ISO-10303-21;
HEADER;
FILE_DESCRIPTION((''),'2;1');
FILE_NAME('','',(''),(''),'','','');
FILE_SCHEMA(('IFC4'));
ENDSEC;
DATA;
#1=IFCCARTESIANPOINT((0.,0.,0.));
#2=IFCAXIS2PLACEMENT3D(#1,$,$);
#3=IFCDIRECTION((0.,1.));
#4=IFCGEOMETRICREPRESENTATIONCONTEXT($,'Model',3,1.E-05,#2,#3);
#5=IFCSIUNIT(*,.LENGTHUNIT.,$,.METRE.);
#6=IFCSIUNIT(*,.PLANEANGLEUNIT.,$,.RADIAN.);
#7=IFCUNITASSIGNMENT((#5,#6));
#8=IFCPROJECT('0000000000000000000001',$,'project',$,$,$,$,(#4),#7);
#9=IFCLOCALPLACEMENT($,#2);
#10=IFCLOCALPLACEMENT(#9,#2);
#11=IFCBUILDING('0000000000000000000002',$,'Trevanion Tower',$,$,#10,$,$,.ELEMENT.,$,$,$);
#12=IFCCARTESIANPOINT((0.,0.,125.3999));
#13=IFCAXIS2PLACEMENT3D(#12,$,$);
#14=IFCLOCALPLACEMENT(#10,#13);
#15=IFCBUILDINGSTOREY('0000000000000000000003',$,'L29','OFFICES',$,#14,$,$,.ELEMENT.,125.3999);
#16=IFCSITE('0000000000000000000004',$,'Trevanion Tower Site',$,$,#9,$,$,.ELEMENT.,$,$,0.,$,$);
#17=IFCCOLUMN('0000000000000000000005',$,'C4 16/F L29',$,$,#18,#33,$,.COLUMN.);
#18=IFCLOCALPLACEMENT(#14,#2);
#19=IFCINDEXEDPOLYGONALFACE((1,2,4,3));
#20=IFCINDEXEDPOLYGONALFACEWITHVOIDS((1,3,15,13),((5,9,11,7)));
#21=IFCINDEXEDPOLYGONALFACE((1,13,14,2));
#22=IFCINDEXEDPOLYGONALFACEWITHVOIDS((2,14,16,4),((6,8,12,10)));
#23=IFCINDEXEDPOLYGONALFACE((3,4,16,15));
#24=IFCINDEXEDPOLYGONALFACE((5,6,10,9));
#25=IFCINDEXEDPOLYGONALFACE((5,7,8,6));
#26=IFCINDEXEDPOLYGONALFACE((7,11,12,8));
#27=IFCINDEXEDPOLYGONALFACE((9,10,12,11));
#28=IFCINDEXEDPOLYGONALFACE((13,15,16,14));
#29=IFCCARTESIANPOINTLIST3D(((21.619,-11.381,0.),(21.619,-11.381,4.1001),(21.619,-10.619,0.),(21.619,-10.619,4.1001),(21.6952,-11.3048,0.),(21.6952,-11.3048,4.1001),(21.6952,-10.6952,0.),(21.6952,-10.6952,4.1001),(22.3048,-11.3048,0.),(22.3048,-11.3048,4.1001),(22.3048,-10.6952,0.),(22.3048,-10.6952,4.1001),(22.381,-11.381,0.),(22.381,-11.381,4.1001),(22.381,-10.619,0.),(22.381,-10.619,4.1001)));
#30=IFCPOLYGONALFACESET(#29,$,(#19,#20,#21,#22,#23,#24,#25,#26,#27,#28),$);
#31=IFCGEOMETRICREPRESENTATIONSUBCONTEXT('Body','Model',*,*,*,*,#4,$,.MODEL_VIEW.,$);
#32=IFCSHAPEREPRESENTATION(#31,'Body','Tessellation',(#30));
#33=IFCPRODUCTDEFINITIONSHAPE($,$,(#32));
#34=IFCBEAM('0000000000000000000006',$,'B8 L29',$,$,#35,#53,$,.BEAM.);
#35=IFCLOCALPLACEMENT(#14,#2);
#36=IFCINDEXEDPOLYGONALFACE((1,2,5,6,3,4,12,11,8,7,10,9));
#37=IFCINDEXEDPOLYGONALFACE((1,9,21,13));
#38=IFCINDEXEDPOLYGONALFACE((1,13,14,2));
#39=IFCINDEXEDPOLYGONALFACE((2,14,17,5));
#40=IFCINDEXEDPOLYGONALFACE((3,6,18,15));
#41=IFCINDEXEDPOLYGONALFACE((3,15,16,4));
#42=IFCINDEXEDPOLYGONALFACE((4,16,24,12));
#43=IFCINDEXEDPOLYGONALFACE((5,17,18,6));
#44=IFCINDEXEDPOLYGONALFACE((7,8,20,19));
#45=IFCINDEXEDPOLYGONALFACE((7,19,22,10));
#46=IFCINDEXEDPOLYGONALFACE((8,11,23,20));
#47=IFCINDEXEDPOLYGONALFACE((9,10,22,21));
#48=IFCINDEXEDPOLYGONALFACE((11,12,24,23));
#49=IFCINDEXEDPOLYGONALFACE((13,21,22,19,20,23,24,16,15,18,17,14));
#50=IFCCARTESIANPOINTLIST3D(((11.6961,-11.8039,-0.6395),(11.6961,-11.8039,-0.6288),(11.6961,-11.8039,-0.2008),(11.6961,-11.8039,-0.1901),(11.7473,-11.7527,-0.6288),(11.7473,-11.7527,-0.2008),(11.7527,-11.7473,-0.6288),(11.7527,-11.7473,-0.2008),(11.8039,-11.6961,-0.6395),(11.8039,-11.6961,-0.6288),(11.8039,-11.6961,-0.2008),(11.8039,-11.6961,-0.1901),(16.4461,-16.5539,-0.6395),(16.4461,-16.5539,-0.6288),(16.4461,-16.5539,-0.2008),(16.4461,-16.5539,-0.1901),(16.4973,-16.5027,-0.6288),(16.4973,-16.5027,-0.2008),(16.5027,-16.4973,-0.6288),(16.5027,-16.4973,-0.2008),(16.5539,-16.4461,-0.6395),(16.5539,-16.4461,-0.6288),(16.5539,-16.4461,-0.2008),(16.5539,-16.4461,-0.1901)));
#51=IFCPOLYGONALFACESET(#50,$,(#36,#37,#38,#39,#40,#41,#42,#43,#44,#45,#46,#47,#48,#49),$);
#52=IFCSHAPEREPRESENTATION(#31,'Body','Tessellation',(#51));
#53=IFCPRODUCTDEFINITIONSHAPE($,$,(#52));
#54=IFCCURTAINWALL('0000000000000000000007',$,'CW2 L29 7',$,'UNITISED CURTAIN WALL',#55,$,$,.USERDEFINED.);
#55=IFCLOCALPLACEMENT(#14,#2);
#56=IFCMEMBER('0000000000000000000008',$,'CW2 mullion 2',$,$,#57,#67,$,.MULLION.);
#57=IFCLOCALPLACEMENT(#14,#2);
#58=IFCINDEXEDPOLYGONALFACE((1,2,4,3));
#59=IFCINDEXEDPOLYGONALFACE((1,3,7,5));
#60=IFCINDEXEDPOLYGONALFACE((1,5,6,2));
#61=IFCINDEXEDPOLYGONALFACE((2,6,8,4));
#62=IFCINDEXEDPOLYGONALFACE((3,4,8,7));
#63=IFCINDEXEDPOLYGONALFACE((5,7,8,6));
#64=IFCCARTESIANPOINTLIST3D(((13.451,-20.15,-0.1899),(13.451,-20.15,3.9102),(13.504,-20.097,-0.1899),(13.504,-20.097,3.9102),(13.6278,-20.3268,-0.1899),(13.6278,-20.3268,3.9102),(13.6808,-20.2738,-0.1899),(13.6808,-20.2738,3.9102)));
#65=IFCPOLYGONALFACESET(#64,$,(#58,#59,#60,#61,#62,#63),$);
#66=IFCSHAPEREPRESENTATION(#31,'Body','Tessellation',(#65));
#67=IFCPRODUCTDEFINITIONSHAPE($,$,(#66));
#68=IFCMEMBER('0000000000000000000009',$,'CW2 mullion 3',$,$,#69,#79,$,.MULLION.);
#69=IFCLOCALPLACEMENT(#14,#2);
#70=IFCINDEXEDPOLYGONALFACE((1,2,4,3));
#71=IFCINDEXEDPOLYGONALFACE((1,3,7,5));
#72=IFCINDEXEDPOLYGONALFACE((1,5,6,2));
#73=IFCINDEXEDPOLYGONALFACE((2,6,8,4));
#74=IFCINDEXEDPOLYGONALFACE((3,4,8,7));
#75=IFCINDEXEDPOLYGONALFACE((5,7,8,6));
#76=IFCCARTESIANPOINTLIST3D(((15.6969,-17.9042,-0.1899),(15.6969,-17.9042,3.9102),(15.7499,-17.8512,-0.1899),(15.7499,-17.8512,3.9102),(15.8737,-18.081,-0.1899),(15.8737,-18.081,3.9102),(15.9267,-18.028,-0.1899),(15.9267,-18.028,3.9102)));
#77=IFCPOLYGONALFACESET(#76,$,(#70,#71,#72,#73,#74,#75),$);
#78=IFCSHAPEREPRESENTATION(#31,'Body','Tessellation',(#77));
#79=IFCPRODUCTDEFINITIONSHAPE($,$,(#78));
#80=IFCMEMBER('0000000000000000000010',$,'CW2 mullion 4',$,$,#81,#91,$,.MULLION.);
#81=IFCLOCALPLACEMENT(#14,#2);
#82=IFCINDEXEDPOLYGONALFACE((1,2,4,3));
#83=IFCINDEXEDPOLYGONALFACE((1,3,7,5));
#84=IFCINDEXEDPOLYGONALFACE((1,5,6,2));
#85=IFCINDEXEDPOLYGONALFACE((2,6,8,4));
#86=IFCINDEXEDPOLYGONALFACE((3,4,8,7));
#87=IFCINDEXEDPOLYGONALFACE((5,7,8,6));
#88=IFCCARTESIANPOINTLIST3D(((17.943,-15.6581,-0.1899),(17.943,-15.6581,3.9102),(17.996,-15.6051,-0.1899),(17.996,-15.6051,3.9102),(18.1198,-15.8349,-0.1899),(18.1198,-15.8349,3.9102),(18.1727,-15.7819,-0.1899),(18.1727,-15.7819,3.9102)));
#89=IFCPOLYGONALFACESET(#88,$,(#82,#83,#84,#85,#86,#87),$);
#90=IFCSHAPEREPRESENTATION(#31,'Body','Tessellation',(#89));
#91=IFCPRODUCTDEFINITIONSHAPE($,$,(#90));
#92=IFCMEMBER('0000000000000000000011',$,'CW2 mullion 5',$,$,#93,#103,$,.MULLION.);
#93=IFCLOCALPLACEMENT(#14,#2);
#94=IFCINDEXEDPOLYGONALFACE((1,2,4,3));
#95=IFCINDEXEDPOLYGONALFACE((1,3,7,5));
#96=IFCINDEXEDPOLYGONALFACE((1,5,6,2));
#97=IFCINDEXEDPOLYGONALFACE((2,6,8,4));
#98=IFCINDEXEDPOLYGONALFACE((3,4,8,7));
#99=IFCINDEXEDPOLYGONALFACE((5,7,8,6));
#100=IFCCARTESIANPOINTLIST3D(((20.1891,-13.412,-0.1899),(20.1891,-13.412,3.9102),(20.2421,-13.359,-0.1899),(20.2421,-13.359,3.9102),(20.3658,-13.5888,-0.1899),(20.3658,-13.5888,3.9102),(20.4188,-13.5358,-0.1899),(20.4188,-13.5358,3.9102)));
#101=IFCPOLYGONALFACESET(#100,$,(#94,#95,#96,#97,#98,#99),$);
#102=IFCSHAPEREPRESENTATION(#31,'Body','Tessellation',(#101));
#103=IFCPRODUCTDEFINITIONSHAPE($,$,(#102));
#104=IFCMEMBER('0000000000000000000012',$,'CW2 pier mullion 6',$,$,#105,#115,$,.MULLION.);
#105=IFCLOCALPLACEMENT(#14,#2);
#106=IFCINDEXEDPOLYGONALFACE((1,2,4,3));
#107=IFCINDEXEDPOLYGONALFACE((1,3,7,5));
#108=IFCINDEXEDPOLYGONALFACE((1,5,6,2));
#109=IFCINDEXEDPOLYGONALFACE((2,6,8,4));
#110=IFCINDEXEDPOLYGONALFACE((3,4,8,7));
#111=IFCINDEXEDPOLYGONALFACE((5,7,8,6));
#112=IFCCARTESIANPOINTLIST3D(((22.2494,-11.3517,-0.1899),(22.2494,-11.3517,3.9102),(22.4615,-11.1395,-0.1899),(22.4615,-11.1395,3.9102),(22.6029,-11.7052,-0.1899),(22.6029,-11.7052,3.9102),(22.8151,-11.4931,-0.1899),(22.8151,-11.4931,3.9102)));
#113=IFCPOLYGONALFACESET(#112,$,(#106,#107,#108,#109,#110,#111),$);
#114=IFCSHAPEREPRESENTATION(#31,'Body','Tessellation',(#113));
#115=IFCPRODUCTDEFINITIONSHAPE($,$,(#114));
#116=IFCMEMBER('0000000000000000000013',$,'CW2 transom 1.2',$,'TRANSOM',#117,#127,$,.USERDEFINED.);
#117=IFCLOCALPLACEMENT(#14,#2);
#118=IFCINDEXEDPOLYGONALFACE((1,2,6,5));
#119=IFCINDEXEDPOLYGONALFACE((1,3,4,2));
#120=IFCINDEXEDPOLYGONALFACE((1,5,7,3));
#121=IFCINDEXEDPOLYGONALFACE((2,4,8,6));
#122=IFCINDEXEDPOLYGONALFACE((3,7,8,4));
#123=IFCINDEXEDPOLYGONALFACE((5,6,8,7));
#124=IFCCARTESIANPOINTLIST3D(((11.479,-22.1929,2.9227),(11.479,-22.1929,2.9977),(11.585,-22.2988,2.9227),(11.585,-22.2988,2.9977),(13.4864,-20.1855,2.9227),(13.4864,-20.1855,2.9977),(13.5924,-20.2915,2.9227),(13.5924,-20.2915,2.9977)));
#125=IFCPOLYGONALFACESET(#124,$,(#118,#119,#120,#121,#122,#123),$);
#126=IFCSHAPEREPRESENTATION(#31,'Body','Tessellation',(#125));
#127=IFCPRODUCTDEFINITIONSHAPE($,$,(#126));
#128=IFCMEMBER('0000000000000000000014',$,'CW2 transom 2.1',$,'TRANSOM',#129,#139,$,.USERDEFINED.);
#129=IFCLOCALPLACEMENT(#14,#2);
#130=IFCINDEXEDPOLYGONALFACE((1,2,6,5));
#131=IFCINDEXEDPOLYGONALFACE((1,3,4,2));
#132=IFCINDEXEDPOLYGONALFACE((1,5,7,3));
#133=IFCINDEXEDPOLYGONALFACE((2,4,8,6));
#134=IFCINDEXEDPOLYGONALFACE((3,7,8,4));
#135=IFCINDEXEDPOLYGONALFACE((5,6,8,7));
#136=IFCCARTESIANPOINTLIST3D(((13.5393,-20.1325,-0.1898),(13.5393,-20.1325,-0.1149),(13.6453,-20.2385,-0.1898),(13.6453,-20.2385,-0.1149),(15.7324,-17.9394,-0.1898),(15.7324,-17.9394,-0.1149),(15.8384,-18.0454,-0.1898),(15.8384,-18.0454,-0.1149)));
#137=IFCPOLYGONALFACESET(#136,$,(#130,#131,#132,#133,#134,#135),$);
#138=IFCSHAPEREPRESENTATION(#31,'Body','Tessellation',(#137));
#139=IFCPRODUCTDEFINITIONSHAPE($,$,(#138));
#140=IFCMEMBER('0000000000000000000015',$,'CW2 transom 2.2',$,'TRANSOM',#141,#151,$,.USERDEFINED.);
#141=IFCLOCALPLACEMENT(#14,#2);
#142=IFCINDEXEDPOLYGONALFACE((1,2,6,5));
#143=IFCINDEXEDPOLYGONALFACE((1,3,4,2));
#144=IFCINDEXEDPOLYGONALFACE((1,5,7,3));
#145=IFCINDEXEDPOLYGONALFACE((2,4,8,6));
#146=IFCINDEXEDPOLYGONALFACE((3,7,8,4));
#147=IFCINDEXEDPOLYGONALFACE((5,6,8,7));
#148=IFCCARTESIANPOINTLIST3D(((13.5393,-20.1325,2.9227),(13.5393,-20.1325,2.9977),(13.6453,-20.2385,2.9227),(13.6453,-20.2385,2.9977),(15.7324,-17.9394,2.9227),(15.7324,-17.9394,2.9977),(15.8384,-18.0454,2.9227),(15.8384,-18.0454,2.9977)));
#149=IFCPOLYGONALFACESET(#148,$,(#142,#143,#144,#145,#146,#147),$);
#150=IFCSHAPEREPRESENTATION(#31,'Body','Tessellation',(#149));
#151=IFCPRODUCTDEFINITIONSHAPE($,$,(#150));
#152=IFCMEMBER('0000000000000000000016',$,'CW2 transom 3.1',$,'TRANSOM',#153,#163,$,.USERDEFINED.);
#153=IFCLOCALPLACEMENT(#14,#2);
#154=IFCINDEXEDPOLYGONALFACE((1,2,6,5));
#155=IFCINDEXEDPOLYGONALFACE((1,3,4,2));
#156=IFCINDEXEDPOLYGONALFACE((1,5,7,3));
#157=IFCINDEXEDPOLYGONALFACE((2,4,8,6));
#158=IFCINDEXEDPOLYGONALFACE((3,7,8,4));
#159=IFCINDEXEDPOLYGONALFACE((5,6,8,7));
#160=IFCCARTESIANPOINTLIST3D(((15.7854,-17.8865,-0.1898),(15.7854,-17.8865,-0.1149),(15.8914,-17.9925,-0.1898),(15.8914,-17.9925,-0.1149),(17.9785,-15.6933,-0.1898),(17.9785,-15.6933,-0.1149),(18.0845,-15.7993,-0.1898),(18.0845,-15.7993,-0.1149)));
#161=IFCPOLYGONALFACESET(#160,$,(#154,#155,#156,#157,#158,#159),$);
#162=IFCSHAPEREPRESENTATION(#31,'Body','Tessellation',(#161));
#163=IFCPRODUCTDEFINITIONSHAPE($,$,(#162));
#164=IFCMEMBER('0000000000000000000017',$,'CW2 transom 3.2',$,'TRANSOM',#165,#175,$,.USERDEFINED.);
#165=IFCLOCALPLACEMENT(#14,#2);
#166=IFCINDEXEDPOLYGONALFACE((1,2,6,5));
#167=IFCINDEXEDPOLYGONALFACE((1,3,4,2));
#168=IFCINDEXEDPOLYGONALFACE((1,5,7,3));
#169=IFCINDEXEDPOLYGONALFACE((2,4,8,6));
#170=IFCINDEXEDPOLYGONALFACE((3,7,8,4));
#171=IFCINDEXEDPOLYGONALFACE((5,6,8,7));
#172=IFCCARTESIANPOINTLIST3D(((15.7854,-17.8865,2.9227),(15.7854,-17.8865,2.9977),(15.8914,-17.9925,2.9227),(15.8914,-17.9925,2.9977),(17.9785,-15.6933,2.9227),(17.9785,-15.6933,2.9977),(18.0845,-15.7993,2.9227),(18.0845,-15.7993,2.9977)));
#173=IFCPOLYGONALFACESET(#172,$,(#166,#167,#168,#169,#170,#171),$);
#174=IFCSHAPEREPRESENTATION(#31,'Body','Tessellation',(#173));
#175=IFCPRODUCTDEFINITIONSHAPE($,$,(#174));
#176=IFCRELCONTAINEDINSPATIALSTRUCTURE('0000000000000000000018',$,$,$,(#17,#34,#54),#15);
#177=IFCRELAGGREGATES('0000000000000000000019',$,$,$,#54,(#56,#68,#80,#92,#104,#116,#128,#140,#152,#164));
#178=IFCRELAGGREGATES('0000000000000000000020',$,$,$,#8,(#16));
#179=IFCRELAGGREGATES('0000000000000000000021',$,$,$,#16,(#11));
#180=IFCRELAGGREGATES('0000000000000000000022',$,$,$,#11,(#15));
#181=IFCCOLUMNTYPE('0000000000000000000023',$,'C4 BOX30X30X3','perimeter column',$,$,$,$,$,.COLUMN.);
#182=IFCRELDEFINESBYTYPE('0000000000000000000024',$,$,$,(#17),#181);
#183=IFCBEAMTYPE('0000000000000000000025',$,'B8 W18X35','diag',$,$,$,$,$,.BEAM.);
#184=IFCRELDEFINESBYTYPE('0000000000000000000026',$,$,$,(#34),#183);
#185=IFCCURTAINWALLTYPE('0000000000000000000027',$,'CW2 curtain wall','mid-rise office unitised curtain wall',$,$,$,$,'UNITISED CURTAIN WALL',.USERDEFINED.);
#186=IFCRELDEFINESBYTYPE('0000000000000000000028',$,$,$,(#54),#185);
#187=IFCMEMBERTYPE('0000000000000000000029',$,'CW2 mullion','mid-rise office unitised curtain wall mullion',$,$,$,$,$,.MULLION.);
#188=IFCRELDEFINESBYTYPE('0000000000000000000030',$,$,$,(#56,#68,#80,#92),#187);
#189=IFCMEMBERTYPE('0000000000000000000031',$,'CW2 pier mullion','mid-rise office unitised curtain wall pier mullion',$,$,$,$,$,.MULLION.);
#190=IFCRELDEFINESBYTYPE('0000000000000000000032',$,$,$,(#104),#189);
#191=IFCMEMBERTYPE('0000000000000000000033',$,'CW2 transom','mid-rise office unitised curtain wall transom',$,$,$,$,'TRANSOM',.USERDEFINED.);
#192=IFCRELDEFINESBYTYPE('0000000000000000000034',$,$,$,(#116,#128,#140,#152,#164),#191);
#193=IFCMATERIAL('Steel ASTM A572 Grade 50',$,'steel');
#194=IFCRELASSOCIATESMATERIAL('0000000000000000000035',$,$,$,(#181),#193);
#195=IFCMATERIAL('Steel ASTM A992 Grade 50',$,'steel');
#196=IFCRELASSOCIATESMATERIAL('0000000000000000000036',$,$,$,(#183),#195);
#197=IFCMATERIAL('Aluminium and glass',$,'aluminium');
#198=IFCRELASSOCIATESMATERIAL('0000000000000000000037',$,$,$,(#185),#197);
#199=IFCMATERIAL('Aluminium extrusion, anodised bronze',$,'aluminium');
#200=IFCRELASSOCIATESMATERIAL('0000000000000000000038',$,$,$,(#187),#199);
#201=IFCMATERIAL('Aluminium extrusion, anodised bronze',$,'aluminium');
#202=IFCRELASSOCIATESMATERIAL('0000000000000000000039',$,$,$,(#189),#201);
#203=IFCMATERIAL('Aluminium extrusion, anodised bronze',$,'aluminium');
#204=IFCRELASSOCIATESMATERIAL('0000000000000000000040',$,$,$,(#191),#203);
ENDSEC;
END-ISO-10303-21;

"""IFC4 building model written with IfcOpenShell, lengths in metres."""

from ifc_helpers import new_model, si_unit, direction, frame, origin, origin_2d, place, context, subcontext, project, spatial, rectangle, hollow_rectangle, i_section, extrude, material, material_profile, profile_set, type_object, element, aggregate, save


model = new_model("IFC4")

# Units and contexts
model_context = context("Model", 3, precision=1e-05, world=origin(), true_north=direction((0.0, 1.0)))
body_context = subcontext(model_context, "Body", "Model", "MODEL_VIEW")
ifc_project = project(units=[si_unit("LENGTHUNIT", "METRE"), si_unit("PLANEANGLEUNIT", "RADIAN")], contexts=[model_context])

# Site, building, storey
site_placement = place(None, origin())
site = spatial("IfcSite", under=ifc_project, at=site_placement, Name="Trevanion Tower Site", CompositionType="ELEMENT", RefElevation=0.0)
building_placement = place(site_placement, origin())
building = spatial("IfcBuilding", under=site, at=building_placement, Name="Trevanion Tower", CompositionType="ELEMENT")
storey_placement = place(building_placement, frame((0.0, 0.0, 125.3999)))
storey = spatial("IfcBuildingStorey", under=building, at=storey_placement, Name="L29", Description="OFFICES", CompositionType="ELEMENT", Elevation=125.3999)

# Column
ifc_material_1 = material(Name="Steel ASTM A572 Grade 50", Category="steel")
ifc_material_profile_1 = material_profile(ifc_material_1, hollow_rectangle(XDim=0.762, YDim=0.762, WallThickness=0.0762, at=origin_2d()), Name="BOX30X30X3")
ifc_profile_set_1 = profile_set([ifc_material_profile_1], Name="Steel ASTM A572 Grade 50")
column_type = type_object("IfcColumnType", Name="C4 BOX30X30X3", Description="perimeter column", PredefinedType="COLUMN", material=ifc_profile_set_1)
column_placement = place(storey_placement, frame((22.0, -11.0, 0.0), z_axis=(0.0, 0.0, 1.0), x_axis=(0.0, 1.0, 0.0)))
element("IfcColumn", 1, at=column_placement, inside=storey, type_object=column_type, Name="C4 16/F L29", PredefinedType="COLUMN", context=body_context, shape_type="SweptSolid", body=[
    extrude(hollow_rectangle(XDim=0.762, YDim=0.762, WallThickness=0.0762, at=origin_2d()), origin(), (0.0, 0.0, 1.0), 4.1001),
])

# Beam
ifc_material_2 = material(Name="Steel ASTM A992 Grade 50", Category="steel")
ifc_material_profile_2 = material_profile(ifc_material_2, i_section(OverallWidth=0.1523, OverallDepth=0.4495, WebThickness=0.0076, FlangeThickness=0.0107, at=origin_2d()), Name="W18X35")
ifc_profile_set_2 = profile_set([ifc_material_profile_2], Name="Steel ASTM A992 Grade 50")
beam_type_1 = type_object("IfcBeamType", Name="B8 W18X35", Description="diag", PredefinedType="BEAM", material=ifc_profile_set_2)
beam_1_placement = place(storey_placement, frame((11.75, -11.75, -0.4148), z_axis=(0.707107, -0.707107, 0.0), x_axis=(0.707107, 0.707107, 0.0)))
element("IfcBeam", 2, at=beam_1_placement, inside=storey, type_object=beam_type_1, Name="B8 L29", PredefinedType="BEAM", context=body_context, shape_type="SweptSolid", body=[
    extrude(i_section(OverallWidth=0.1523, OverallDepth=0.4495, WebThickness=0.0076, FlangeThickness=0.0107, at=origin_2d()), origin(), (0.0, 0.0, 1.0), 6.7175),
])

# Curtain wall, members
ifc_material_3 = material(Name="Aluminium and glass", Category="aluminium")
curtain_wall_type = type_object("IfcCurtainWallType", Name="CW2 curtain wall", Description="mid-rise office unitised curtain wall", ElementType="UNITISED CURTAIN WALL", PredefinedType="USERDEFINED", material=ifc_material_3)
curtain_wall_placement = place(storey_placement, origin())
curtain_wall = element("IfcCurtainWall", 3, at=curtain_wall_placement, inside=storey, type_object=curtain_wall_type, Name="CW2 L29 7", ObjectType="UNITISED CURTAIN WALL", PredefinedType="USERDEFINED")
ifc_material_4 = material(Name="Aluminium extrusion, anodised bronze", Category="aluminium")
ifc_material_profile_3 = material_profile(ifc_material_4, rectangle(XDim=0.075, YDim=0.25, at=origin_2d()), Name="CW2 mullion")
ifc_profile_set_3 = profile_set([ifc_material_profile_3], Name="Aluminium extrusion, anodised bronze")
member_type_1 = type_object("IfcMemberType", Name="CW2 mullion", Description="mid-rise office unitised curtain wall mullion", PredefinedType="MULLION", material=ifc_profile_set_3)
member_1_placement = place(storey_placement, frame((13.5659, -20.2119, -0.1899), z_axis=(0.0, 0.0, 1.0), x_axis=(0.707107, 0.707107, 0.0)))
member_1 = element("IfcMember", 4, at=member_1_placement, type_object=member_type_1, Name="CW2 mullion 2", PredefinedType="MULLION", context=body_context, shape_type="SweptSolid", body=[
    extrude(rectangle(XDim=0.075, YDim=0.25, at=origin_2d()), origin(), (0.0, 0.0, 1.0), 4.1001),
])
member_2_placement = place(storey_placement, frame((15.8118, -17.9661, -0.1899), z_axis=(0.0, 0.0, 1.0), x_axis=(0.707107, 0.707107, 0.0)))
member_2 = element("IfcMember", 5, at=member_2_placement, type_object=member_type_1, Name="CW2 mullion 3", PredefinedType="MULLION", context=body_context, shape_type="SweptSolid", body=[
    extrude(rectangle(XDim=0.075, YDim=0.25, at=origin_2d()), origin(), (0.0, 0.0, 1.0), 4.1001),
])
member_3_placement = place(storey_placement, frame((18.0579, -15.72, -0.1899), z_axis=(0.0, 0.0, 1.0), x_axis=(0.707107, 0.707107, 0.0)))
member_3 = element("IfcMember", 6, at=member_3_placement, type_object=member_type_1, Name="CW2 mullion 4", PredefinedType="MULLION", context=body_context, shape_type="SweptSolid", body=[
    extrude(rectangle(XDim=0.075, YDim=0.25, at=origin_2d()), origin(), (0.0, 0.0, 1.0), 4.1001),
])
member_4_placement = place(storey_placement, frame((20.304, -13.4739, -0.1899), z_axis=(0.0, 0.0, 1.0), x_axis=(0.707107, 0.707107, 0.0)))
member_4 = element("IfcMember", 7, at=member_4_placement, type_object=member_type_1, Name="CW2 mullion 5", PredefinedType="MULLION", context=body_context, shape_type="SweptSolid", body=[
    extrude(rectangle(XDim=0.075, YDim=0.25, at=origin_2d()), origin(), (0.0, 0.0, 1.0), 4.1001),
])
ifc_material_5 = material(Name="Aluminium extrusion, anodised bronze", Category="aluminium")
ifc_material_profile_4 = material_profile(ifc_material_5, rectangle(XDim=0.3, YDim=0.5, at=origin_2d()), Name="CW2 pier mullion")
ifc_profile_set_4 = profile_set([ifc_material_profile_4], Name="Aluminium extrusion, anodised bronze")
member_type_2 = type_object("IfcMemberType", Name="CW2 pier mullion", Description="mid-rise office unitised curtain wall pier mullion", PredefinedType="MULLION", material=ifc_profile_set_4)
member_5_placement = place(storey_placement, frame((22.5322, -11.4224, -0.1899), z_axis=(0.0, 0.0, 1.0), x_axis=(0.707107, 0.707107, 0.0)))
member_5 = element("IfcMember", 8, at=member_5_placement, type_object=member_type_2, Name="CW2 pier mullion 6", PredefinedType="MULLION", context=body_context, shape_type="SweptSolid", body=[
    extrude(rectangle(XDim=0.3, YDim=0.5, at=origin_2d()), origin(), (0.0, 0.0, 1.0), 4.1001),
])
ifc_material_6 = material(Name="Aluminium extrusion, anodised bronze", Category="aluminium")
ifc_material_profile_5 = material_profile(ifc_material_6, rectangle(XDim=0.1499, YDim=0.075, at=origin_2d()), Name="CW2 transom")
ifc_profile_set_5 = profile_set([ifc_material_profile_5], Name="Aluminium extrusion, anodised bronze")
member_type_3 = type_object("IfcMemberType", Name="CW2 transom", Description="mid-rise office unitised curtain wall transom", ElementType="TRANSOM", PredefinedType="USERDEFINED", material=ifc_profile_set_5)
member_6_placement = place(storey_placement, frame((11.532, -22.2458, 2.9602), z_axis=(0.707107, 0.707107, 0.0), x_axis=(-0.707107, 0.707107, 0.0)))
member_6 = element("IfcMember", 9, at=member_6_placement, type_object=member_type_3, Name="CW2 transom 1.2", ObjectType="TRANSOM", PredefinedType="USERDEFINED", context=body_context, shape_type="SweptSolid", body=[
    extrude(rectangle(XDim=0.1499, YDim=0.075, at=origin_2d()), origin(), (0.0, 0.0, 1.0), 2.8389),
])
member_7_placement = place(storey_placement, frame((13.5923, -20.1855, -0.1523), z_axis=(0.707107, 0.707107, 0.0), x_axis=(-0.707107, 0.707107, 0.0)))
member_7 = element("IfcMember", 10, at=member_7_placement, type_object=member_type_3, Name="CW2 transom 2.1", ObjectType="TRANSOM", PredefinedType="USERDEFINED", context=body_context, shape_type="SweptSolid", body=[
    extrude(rectangle(XDim=0.1499, YDim=0.075, at=origin_2d()), origin(), (0.0, 0.0, 1.0), 3.1016),
])
member_8_placement = place(storey_placement, frame((13.5923, -20.1855, 2.9602), z_axis=(0.707107, 0.707107, 0.0), x_axis=(-0.707107, 0.707107, 0.0)))
member_8 = element("IfcMember", 11, at=member_8_placement, type_object=member_type_3, Name="CW2 transom 2.2", ObjectType="TRANSOM", PredefinedType="USERDEFINED", context=body_context, shape_type="SweptSolid", body=[
    extrude(rectangle(XDim=0.1499, YDim=0.075, at=origin_2d()), origin(), (0.0, 0.0, 1.0), 3.1016),
])
member_9_placement = place(storey_placement, frame((15.8384, -17.9395, -0.1523), z_axis=(0.707107, 0.707107, 0.0), x_axis=(-0.707107, 0.707107, 0.0)))
member_9 = element("IfcMember", 12, at=member_9_placement, type_object=member_type_3, Name="CW2 transom 3.1", ObjectType="TRANSOM", PredefinedType="USERDEFINED", context=body_context, shape_type="SweptSolid", body=[
    extrude(rectangle(XDim=0.1499, YDim=0.075, at=origin_2d()), origin(), (0.0, 0.0, 1.0), 3.1016),
])
member_10_placement = place(storey_placement, frame((15.8384, -17.9395, 2.9602), z_axis=(0.707107, 0.707107, 0.0), x_axis=(-0.707107, 0.707107, 0.0)))
member_10 = element("IfcMember", 13, at=member_10_placement, type_object=member_type_3, Name="CW2 transom 3.2", ObjectType="TRANSOM", PredefinedType="USERDEFINED", context=body_context, shape_type="SweptSolid", body=[
    extrude(rectangle(XDim=0.1499, YDim=0.075, at=origin_2d()), origin(), (0.0, 0.0, 1.0), 3.1016),
])

aggregate(curtain_wall, [member_1, member_2, member_3, member_4, member_5, member_6, member_7, member_8, member_9, member_10])

save(model, "model.ifc")
